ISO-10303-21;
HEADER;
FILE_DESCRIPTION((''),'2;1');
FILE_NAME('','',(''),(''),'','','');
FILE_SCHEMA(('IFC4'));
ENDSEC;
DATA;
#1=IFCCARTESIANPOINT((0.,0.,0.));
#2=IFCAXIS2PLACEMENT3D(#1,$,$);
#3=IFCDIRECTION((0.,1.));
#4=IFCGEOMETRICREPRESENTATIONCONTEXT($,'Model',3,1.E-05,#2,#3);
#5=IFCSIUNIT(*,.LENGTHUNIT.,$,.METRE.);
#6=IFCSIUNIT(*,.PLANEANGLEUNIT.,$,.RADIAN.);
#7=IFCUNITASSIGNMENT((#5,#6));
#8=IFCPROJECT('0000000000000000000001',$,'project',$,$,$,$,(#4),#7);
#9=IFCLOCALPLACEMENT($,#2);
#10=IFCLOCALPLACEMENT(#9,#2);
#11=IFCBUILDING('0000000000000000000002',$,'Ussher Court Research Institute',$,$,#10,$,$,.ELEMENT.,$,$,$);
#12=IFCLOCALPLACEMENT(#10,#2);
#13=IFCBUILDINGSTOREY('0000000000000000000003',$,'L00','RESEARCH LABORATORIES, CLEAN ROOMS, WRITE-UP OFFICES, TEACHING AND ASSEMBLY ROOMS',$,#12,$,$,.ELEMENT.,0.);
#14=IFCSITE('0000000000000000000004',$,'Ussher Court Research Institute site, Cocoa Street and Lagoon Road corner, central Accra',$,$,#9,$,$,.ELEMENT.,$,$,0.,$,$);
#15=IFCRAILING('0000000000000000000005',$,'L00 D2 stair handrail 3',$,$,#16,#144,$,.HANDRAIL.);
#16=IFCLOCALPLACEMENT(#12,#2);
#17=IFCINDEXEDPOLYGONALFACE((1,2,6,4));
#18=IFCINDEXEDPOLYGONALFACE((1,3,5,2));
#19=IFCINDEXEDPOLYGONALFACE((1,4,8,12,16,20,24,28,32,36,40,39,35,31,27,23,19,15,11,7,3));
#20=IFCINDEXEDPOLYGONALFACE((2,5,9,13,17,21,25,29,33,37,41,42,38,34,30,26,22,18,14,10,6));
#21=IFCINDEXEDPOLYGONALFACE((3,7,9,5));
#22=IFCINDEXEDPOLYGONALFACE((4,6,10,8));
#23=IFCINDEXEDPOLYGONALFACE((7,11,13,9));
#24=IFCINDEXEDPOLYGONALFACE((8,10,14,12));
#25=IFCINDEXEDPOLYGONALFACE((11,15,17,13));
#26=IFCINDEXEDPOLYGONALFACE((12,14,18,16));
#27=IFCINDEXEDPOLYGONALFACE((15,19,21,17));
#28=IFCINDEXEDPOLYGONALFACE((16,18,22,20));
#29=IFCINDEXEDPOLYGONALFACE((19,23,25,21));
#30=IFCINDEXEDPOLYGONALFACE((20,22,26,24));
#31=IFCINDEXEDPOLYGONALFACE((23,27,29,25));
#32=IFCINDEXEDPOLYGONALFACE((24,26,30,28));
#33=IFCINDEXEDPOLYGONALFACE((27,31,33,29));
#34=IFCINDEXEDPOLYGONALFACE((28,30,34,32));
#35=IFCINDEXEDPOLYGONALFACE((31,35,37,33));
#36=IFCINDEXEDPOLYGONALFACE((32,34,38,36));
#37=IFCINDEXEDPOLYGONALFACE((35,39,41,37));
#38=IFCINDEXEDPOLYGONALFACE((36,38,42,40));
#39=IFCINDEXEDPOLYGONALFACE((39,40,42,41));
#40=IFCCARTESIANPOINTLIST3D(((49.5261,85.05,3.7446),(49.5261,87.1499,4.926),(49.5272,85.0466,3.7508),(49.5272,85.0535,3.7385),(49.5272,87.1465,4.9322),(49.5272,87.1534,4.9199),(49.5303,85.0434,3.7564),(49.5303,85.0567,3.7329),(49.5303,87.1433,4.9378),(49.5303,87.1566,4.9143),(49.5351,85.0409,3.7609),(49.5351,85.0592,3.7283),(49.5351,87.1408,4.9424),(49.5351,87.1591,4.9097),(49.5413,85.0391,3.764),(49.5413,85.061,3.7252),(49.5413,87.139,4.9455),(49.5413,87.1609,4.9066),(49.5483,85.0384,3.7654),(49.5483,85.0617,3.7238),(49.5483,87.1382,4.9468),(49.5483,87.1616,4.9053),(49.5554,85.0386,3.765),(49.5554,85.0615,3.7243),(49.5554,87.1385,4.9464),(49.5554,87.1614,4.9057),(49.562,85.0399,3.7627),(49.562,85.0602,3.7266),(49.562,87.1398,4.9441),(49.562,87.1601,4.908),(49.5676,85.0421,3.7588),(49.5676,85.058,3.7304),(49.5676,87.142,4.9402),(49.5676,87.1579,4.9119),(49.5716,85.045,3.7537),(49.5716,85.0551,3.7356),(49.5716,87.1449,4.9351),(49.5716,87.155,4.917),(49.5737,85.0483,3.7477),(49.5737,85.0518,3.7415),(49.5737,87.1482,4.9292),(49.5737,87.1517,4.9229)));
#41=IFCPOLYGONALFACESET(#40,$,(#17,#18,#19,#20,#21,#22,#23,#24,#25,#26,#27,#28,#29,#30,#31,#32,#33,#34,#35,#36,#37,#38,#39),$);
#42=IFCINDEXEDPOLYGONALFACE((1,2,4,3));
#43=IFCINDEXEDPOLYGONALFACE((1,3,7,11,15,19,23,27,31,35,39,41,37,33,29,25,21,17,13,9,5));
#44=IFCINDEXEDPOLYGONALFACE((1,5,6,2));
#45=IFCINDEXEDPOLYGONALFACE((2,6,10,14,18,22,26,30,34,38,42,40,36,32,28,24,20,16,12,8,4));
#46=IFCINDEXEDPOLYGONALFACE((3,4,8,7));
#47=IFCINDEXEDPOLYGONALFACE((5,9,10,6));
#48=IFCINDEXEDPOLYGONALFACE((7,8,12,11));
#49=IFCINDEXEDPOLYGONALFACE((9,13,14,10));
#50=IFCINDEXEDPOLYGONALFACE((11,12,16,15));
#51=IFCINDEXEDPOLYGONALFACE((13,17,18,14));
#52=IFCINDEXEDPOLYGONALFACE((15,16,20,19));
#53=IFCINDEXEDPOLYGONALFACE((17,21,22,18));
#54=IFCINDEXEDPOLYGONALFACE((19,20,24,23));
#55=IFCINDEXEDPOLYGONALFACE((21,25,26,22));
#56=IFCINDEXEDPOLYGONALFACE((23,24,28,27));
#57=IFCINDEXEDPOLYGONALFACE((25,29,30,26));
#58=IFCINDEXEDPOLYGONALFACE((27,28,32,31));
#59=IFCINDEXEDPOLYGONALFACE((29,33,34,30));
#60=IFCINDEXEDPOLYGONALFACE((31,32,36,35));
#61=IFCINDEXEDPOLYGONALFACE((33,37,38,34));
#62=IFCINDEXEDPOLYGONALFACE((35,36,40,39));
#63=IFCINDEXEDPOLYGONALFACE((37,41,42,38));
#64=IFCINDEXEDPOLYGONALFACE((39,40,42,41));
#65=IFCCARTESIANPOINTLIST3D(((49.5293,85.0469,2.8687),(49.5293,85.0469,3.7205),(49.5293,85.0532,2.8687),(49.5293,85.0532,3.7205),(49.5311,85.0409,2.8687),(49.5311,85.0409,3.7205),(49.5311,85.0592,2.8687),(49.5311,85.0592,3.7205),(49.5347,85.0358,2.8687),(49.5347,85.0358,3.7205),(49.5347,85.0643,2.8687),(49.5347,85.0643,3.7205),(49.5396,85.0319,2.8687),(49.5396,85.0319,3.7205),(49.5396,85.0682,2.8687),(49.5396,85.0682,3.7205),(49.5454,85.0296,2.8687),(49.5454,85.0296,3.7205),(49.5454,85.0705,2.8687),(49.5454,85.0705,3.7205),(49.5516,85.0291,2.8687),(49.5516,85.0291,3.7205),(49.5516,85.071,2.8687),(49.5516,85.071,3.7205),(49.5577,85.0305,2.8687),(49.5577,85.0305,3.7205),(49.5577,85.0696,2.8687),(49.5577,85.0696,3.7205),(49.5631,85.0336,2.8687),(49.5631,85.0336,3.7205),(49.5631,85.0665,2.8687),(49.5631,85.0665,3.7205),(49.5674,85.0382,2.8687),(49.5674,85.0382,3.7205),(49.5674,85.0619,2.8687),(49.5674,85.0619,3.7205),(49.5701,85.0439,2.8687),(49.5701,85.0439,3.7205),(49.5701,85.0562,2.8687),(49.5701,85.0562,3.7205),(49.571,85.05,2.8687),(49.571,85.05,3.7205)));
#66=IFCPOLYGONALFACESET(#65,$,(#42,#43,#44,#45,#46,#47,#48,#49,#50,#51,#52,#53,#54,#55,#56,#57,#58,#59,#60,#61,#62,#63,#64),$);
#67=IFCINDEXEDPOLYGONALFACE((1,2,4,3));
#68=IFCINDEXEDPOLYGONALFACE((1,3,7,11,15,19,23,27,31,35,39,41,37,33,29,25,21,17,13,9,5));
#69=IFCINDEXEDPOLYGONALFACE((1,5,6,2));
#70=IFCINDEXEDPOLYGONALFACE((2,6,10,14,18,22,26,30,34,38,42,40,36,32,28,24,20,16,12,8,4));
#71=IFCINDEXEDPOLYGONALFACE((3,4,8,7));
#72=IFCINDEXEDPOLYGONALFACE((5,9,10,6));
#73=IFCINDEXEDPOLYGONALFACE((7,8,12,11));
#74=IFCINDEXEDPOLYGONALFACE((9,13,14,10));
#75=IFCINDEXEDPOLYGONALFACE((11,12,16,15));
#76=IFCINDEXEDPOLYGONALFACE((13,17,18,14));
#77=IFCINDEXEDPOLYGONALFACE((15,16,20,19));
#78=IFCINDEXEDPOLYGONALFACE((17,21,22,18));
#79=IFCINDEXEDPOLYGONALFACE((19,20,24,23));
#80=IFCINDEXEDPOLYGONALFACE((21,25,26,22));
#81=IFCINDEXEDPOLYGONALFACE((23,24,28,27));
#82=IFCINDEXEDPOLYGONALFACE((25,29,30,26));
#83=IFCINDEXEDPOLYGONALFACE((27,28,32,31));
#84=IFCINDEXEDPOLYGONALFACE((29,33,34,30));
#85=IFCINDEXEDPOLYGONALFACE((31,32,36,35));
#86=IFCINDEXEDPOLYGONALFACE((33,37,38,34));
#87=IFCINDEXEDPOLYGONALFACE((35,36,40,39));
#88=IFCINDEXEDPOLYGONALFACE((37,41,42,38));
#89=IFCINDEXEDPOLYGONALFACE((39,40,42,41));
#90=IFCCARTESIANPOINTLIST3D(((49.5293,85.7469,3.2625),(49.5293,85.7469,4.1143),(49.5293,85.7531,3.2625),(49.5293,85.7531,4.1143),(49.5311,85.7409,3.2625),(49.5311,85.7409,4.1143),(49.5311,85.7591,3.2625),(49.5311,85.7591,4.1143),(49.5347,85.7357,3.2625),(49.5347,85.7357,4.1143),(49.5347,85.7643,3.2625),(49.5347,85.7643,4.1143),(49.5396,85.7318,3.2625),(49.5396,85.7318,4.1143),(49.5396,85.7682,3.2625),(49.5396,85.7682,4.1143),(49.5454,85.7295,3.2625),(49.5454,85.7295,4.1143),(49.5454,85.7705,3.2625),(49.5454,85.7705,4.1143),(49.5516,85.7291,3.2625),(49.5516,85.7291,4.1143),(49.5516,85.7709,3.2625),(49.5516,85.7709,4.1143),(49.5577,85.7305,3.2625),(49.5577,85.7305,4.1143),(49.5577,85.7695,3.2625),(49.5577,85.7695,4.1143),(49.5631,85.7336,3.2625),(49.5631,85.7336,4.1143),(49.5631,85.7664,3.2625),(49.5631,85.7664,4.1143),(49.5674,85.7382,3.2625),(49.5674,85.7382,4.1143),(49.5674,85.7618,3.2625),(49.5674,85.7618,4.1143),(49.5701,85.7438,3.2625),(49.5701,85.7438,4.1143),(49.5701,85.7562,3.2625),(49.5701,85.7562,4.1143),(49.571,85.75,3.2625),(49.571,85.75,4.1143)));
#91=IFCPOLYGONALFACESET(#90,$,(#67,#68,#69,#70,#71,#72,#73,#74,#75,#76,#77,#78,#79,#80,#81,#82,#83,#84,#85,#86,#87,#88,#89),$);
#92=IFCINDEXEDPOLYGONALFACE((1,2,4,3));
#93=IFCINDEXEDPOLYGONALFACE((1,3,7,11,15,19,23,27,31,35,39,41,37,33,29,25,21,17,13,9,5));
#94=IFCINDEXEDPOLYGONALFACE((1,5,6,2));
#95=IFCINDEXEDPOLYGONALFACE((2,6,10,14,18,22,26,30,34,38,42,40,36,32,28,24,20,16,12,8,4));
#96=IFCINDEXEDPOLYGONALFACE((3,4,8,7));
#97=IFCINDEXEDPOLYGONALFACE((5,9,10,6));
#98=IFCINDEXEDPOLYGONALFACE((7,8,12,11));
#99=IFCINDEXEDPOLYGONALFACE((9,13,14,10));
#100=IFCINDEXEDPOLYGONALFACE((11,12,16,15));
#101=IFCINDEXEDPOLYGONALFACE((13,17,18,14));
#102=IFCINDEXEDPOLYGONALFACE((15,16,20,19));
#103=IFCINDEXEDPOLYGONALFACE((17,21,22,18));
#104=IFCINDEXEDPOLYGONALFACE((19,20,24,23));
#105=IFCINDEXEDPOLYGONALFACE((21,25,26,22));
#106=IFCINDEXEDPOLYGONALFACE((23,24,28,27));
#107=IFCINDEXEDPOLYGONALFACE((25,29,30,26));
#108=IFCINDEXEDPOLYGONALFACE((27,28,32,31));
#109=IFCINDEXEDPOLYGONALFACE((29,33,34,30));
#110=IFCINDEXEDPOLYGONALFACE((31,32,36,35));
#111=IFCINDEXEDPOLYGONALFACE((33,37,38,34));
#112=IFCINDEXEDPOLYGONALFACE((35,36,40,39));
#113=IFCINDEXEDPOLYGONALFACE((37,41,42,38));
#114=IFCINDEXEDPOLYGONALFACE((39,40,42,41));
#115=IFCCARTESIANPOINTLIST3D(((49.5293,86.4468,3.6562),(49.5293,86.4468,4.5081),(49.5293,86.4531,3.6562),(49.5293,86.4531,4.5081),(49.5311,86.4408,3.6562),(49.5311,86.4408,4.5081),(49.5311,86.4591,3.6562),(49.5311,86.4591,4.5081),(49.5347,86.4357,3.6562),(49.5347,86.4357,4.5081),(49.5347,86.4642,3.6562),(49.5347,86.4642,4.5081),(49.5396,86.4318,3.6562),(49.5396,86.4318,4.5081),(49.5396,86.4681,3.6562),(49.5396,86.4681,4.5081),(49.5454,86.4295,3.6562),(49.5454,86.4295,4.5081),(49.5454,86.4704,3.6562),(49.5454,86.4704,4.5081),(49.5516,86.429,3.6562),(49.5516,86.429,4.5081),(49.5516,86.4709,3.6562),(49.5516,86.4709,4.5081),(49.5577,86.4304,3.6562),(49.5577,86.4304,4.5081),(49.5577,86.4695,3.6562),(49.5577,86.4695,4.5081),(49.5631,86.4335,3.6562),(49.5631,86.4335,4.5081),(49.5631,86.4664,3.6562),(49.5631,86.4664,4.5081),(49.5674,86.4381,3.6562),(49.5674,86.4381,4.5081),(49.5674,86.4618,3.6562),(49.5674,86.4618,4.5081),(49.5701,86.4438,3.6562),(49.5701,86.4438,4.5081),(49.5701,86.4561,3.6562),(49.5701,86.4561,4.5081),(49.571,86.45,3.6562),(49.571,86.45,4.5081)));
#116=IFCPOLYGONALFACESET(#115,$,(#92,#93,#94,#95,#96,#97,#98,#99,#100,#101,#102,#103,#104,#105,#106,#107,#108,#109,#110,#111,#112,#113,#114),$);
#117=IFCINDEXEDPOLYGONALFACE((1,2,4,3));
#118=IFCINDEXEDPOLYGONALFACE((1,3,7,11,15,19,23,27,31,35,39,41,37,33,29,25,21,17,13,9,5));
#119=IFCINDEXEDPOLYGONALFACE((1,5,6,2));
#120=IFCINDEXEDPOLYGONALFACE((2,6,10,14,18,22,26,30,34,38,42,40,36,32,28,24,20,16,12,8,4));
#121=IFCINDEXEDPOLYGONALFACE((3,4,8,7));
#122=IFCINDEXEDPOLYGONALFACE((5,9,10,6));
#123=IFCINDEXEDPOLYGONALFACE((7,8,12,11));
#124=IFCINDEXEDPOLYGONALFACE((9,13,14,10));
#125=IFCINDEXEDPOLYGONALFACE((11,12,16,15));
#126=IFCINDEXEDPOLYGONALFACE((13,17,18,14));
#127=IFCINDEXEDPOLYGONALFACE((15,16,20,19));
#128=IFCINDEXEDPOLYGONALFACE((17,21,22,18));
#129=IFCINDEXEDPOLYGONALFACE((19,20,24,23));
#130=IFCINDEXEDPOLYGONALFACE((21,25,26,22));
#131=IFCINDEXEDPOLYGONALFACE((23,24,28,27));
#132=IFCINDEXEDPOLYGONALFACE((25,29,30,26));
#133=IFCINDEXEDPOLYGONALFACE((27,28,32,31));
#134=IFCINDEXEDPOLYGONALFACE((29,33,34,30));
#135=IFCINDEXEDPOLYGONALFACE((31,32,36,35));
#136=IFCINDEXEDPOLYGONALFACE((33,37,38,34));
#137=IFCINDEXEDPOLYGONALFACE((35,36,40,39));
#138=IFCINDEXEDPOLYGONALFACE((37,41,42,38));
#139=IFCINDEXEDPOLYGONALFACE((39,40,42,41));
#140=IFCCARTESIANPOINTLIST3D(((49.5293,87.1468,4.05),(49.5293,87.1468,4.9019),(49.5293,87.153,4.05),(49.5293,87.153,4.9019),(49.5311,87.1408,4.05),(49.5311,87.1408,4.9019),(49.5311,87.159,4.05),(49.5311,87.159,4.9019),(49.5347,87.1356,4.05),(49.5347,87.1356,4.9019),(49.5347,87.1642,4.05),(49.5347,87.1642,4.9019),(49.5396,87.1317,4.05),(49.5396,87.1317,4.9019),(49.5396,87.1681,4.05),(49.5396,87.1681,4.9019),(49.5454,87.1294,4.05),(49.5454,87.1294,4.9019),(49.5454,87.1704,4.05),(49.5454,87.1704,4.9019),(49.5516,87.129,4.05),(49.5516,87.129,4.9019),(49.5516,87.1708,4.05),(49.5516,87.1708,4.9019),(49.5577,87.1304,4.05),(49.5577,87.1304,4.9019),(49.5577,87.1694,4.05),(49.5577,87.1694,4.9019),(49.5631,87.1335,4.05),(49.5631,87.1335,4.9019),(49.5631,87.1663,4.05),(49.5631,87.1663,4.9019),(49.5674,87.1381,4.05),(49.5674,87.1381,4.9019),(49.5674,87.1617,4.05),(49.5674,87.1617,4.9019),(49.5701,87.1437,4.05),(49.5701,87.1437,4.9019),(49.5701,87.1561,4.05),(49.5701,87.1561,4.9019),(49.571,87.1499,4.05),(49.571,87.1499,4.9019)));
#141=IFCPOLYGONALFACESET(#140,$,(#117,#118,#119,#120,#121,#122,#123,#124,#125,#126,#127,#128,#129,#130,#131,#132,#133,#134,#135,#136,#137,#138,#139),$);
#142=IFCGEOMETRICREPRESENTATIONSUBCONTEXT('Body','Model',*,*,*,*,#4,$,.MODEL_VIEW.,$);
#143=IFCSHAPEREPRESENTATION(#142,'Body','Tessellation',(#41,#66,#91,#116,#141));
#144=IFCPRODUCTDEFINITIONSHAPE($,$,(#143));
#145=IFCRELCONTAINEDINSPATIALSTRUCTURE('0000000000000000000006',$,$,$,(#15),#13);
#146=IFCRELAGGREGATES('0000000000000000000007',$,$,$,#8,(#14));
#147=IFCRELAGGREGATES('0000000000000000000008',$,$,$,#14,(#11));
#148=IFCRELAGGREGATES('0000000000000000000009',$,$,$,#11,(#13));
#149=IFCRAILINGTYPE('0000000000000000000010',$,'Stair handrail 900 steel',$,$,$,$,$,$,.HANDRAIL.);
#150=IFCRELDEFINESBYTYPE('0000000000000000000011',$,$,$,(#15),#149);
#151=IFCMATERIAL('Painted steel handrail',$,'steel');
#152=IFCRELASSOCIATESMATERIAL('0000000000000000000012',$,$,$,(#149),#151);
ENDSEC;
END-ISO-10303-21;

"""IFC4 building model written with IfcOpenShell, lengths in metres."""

from ifc_helpers import new_model, si_unit, direction, frame, origin, origin_2d, place, context, subcontext, project, spatial, circle, extrude, material, type_object, element, save


model = new_model("IFC4")

# Units and contexts
model_context = context("Model", 3, precision=1e-05, world=origin(), true_north=direction((0.0, 1.0)))
body_context = subcontext(model_context, "Body", "Model", "MODEL_VIEW")
ifc_project = project(units=[si_unit("LENGTHUNIT", "METRE"), si_unit("PLANEANGLEUNIT", "RADIAN")], contexts=[model_context])

# Site, building, storey
site_placement = place(None, origin())
site = spatial("IfcSite", under=ifc_project, at=site_placement, Name="Ussher Court Research Institute site, Cocoa Street and Lagoon Road corner, central Accra", CompositionType="ELEMENT", RefElevation=0.0)
building_placement = place(site_placement, origin())
building = spatial("IfcBuilding", under=site, at=building_placement, Name="Ussher Court Research Institute", CompositionType="ELEMENT")
storey_placement = place(building_placement, origin())
storey = spatial("IfcBuildingStorey", under=building, at=storey_placement, Name="L00", Description="RESEARCH LABORATORIES, CLEAN ROOMS, WRITE-UP OFFICES, TEACHING AND ASSEMBLY ROOMS", CompositionType="ELEMENT", Elevation=0.0)

# Railing
ifc_material_1 = material(Name="Painted steel handrail", Category="steel")
railing_type_1 = type_object("IfcRailingType", Name="Stair handrail 900 steel", PredefinedType="HANDRAIL", material=ifc_material_1)
railing_1_placement = place(storey_placement, frame((49.55, 85.05, 2.8687)))
element("IfcRailing", 1, at=railing_1_placement, inside=storey, type_object=railing_type_1, Name="L00 D2 stair handrail 3", PredefinedType="HANDRAIL", context=body_context, shape_type="SweptSolid", body=[
    extrude(circle(Radius=0.0239, at=origin_2d()), frame((0.0, 0.0, 0.876), z_axis=(0.0, 0.871535, 0.490333), x_axis=(-1.0, 0.0, 0.0)), (0.0, 0.0, 1.0), 2.4094),
    extrude(circle(Radius=0.021, at=origin_2d()), origin(), (0.0, 0.0, 1.0), 0.8518),
    extrude(circle(Radius=0.021, at=origin_2d()), frame((0.0, 0.7, 0.3938)), (0.0, 0.0, 1.0), 0.8518),
    extrude(circle(Radius=0.021, at=origin_2d()), frame((0.0, 1.3999, 0.7876)), (0.0, 0.0, 1.0), 0.8518),
    extrude(circle(Radius=0.021, at=origin_2d()), frame((0.0, 2.0999, 1.1814)), (0.0, 0.0, 1.0), 0.8518),
])

save(model, "model.ifc")
